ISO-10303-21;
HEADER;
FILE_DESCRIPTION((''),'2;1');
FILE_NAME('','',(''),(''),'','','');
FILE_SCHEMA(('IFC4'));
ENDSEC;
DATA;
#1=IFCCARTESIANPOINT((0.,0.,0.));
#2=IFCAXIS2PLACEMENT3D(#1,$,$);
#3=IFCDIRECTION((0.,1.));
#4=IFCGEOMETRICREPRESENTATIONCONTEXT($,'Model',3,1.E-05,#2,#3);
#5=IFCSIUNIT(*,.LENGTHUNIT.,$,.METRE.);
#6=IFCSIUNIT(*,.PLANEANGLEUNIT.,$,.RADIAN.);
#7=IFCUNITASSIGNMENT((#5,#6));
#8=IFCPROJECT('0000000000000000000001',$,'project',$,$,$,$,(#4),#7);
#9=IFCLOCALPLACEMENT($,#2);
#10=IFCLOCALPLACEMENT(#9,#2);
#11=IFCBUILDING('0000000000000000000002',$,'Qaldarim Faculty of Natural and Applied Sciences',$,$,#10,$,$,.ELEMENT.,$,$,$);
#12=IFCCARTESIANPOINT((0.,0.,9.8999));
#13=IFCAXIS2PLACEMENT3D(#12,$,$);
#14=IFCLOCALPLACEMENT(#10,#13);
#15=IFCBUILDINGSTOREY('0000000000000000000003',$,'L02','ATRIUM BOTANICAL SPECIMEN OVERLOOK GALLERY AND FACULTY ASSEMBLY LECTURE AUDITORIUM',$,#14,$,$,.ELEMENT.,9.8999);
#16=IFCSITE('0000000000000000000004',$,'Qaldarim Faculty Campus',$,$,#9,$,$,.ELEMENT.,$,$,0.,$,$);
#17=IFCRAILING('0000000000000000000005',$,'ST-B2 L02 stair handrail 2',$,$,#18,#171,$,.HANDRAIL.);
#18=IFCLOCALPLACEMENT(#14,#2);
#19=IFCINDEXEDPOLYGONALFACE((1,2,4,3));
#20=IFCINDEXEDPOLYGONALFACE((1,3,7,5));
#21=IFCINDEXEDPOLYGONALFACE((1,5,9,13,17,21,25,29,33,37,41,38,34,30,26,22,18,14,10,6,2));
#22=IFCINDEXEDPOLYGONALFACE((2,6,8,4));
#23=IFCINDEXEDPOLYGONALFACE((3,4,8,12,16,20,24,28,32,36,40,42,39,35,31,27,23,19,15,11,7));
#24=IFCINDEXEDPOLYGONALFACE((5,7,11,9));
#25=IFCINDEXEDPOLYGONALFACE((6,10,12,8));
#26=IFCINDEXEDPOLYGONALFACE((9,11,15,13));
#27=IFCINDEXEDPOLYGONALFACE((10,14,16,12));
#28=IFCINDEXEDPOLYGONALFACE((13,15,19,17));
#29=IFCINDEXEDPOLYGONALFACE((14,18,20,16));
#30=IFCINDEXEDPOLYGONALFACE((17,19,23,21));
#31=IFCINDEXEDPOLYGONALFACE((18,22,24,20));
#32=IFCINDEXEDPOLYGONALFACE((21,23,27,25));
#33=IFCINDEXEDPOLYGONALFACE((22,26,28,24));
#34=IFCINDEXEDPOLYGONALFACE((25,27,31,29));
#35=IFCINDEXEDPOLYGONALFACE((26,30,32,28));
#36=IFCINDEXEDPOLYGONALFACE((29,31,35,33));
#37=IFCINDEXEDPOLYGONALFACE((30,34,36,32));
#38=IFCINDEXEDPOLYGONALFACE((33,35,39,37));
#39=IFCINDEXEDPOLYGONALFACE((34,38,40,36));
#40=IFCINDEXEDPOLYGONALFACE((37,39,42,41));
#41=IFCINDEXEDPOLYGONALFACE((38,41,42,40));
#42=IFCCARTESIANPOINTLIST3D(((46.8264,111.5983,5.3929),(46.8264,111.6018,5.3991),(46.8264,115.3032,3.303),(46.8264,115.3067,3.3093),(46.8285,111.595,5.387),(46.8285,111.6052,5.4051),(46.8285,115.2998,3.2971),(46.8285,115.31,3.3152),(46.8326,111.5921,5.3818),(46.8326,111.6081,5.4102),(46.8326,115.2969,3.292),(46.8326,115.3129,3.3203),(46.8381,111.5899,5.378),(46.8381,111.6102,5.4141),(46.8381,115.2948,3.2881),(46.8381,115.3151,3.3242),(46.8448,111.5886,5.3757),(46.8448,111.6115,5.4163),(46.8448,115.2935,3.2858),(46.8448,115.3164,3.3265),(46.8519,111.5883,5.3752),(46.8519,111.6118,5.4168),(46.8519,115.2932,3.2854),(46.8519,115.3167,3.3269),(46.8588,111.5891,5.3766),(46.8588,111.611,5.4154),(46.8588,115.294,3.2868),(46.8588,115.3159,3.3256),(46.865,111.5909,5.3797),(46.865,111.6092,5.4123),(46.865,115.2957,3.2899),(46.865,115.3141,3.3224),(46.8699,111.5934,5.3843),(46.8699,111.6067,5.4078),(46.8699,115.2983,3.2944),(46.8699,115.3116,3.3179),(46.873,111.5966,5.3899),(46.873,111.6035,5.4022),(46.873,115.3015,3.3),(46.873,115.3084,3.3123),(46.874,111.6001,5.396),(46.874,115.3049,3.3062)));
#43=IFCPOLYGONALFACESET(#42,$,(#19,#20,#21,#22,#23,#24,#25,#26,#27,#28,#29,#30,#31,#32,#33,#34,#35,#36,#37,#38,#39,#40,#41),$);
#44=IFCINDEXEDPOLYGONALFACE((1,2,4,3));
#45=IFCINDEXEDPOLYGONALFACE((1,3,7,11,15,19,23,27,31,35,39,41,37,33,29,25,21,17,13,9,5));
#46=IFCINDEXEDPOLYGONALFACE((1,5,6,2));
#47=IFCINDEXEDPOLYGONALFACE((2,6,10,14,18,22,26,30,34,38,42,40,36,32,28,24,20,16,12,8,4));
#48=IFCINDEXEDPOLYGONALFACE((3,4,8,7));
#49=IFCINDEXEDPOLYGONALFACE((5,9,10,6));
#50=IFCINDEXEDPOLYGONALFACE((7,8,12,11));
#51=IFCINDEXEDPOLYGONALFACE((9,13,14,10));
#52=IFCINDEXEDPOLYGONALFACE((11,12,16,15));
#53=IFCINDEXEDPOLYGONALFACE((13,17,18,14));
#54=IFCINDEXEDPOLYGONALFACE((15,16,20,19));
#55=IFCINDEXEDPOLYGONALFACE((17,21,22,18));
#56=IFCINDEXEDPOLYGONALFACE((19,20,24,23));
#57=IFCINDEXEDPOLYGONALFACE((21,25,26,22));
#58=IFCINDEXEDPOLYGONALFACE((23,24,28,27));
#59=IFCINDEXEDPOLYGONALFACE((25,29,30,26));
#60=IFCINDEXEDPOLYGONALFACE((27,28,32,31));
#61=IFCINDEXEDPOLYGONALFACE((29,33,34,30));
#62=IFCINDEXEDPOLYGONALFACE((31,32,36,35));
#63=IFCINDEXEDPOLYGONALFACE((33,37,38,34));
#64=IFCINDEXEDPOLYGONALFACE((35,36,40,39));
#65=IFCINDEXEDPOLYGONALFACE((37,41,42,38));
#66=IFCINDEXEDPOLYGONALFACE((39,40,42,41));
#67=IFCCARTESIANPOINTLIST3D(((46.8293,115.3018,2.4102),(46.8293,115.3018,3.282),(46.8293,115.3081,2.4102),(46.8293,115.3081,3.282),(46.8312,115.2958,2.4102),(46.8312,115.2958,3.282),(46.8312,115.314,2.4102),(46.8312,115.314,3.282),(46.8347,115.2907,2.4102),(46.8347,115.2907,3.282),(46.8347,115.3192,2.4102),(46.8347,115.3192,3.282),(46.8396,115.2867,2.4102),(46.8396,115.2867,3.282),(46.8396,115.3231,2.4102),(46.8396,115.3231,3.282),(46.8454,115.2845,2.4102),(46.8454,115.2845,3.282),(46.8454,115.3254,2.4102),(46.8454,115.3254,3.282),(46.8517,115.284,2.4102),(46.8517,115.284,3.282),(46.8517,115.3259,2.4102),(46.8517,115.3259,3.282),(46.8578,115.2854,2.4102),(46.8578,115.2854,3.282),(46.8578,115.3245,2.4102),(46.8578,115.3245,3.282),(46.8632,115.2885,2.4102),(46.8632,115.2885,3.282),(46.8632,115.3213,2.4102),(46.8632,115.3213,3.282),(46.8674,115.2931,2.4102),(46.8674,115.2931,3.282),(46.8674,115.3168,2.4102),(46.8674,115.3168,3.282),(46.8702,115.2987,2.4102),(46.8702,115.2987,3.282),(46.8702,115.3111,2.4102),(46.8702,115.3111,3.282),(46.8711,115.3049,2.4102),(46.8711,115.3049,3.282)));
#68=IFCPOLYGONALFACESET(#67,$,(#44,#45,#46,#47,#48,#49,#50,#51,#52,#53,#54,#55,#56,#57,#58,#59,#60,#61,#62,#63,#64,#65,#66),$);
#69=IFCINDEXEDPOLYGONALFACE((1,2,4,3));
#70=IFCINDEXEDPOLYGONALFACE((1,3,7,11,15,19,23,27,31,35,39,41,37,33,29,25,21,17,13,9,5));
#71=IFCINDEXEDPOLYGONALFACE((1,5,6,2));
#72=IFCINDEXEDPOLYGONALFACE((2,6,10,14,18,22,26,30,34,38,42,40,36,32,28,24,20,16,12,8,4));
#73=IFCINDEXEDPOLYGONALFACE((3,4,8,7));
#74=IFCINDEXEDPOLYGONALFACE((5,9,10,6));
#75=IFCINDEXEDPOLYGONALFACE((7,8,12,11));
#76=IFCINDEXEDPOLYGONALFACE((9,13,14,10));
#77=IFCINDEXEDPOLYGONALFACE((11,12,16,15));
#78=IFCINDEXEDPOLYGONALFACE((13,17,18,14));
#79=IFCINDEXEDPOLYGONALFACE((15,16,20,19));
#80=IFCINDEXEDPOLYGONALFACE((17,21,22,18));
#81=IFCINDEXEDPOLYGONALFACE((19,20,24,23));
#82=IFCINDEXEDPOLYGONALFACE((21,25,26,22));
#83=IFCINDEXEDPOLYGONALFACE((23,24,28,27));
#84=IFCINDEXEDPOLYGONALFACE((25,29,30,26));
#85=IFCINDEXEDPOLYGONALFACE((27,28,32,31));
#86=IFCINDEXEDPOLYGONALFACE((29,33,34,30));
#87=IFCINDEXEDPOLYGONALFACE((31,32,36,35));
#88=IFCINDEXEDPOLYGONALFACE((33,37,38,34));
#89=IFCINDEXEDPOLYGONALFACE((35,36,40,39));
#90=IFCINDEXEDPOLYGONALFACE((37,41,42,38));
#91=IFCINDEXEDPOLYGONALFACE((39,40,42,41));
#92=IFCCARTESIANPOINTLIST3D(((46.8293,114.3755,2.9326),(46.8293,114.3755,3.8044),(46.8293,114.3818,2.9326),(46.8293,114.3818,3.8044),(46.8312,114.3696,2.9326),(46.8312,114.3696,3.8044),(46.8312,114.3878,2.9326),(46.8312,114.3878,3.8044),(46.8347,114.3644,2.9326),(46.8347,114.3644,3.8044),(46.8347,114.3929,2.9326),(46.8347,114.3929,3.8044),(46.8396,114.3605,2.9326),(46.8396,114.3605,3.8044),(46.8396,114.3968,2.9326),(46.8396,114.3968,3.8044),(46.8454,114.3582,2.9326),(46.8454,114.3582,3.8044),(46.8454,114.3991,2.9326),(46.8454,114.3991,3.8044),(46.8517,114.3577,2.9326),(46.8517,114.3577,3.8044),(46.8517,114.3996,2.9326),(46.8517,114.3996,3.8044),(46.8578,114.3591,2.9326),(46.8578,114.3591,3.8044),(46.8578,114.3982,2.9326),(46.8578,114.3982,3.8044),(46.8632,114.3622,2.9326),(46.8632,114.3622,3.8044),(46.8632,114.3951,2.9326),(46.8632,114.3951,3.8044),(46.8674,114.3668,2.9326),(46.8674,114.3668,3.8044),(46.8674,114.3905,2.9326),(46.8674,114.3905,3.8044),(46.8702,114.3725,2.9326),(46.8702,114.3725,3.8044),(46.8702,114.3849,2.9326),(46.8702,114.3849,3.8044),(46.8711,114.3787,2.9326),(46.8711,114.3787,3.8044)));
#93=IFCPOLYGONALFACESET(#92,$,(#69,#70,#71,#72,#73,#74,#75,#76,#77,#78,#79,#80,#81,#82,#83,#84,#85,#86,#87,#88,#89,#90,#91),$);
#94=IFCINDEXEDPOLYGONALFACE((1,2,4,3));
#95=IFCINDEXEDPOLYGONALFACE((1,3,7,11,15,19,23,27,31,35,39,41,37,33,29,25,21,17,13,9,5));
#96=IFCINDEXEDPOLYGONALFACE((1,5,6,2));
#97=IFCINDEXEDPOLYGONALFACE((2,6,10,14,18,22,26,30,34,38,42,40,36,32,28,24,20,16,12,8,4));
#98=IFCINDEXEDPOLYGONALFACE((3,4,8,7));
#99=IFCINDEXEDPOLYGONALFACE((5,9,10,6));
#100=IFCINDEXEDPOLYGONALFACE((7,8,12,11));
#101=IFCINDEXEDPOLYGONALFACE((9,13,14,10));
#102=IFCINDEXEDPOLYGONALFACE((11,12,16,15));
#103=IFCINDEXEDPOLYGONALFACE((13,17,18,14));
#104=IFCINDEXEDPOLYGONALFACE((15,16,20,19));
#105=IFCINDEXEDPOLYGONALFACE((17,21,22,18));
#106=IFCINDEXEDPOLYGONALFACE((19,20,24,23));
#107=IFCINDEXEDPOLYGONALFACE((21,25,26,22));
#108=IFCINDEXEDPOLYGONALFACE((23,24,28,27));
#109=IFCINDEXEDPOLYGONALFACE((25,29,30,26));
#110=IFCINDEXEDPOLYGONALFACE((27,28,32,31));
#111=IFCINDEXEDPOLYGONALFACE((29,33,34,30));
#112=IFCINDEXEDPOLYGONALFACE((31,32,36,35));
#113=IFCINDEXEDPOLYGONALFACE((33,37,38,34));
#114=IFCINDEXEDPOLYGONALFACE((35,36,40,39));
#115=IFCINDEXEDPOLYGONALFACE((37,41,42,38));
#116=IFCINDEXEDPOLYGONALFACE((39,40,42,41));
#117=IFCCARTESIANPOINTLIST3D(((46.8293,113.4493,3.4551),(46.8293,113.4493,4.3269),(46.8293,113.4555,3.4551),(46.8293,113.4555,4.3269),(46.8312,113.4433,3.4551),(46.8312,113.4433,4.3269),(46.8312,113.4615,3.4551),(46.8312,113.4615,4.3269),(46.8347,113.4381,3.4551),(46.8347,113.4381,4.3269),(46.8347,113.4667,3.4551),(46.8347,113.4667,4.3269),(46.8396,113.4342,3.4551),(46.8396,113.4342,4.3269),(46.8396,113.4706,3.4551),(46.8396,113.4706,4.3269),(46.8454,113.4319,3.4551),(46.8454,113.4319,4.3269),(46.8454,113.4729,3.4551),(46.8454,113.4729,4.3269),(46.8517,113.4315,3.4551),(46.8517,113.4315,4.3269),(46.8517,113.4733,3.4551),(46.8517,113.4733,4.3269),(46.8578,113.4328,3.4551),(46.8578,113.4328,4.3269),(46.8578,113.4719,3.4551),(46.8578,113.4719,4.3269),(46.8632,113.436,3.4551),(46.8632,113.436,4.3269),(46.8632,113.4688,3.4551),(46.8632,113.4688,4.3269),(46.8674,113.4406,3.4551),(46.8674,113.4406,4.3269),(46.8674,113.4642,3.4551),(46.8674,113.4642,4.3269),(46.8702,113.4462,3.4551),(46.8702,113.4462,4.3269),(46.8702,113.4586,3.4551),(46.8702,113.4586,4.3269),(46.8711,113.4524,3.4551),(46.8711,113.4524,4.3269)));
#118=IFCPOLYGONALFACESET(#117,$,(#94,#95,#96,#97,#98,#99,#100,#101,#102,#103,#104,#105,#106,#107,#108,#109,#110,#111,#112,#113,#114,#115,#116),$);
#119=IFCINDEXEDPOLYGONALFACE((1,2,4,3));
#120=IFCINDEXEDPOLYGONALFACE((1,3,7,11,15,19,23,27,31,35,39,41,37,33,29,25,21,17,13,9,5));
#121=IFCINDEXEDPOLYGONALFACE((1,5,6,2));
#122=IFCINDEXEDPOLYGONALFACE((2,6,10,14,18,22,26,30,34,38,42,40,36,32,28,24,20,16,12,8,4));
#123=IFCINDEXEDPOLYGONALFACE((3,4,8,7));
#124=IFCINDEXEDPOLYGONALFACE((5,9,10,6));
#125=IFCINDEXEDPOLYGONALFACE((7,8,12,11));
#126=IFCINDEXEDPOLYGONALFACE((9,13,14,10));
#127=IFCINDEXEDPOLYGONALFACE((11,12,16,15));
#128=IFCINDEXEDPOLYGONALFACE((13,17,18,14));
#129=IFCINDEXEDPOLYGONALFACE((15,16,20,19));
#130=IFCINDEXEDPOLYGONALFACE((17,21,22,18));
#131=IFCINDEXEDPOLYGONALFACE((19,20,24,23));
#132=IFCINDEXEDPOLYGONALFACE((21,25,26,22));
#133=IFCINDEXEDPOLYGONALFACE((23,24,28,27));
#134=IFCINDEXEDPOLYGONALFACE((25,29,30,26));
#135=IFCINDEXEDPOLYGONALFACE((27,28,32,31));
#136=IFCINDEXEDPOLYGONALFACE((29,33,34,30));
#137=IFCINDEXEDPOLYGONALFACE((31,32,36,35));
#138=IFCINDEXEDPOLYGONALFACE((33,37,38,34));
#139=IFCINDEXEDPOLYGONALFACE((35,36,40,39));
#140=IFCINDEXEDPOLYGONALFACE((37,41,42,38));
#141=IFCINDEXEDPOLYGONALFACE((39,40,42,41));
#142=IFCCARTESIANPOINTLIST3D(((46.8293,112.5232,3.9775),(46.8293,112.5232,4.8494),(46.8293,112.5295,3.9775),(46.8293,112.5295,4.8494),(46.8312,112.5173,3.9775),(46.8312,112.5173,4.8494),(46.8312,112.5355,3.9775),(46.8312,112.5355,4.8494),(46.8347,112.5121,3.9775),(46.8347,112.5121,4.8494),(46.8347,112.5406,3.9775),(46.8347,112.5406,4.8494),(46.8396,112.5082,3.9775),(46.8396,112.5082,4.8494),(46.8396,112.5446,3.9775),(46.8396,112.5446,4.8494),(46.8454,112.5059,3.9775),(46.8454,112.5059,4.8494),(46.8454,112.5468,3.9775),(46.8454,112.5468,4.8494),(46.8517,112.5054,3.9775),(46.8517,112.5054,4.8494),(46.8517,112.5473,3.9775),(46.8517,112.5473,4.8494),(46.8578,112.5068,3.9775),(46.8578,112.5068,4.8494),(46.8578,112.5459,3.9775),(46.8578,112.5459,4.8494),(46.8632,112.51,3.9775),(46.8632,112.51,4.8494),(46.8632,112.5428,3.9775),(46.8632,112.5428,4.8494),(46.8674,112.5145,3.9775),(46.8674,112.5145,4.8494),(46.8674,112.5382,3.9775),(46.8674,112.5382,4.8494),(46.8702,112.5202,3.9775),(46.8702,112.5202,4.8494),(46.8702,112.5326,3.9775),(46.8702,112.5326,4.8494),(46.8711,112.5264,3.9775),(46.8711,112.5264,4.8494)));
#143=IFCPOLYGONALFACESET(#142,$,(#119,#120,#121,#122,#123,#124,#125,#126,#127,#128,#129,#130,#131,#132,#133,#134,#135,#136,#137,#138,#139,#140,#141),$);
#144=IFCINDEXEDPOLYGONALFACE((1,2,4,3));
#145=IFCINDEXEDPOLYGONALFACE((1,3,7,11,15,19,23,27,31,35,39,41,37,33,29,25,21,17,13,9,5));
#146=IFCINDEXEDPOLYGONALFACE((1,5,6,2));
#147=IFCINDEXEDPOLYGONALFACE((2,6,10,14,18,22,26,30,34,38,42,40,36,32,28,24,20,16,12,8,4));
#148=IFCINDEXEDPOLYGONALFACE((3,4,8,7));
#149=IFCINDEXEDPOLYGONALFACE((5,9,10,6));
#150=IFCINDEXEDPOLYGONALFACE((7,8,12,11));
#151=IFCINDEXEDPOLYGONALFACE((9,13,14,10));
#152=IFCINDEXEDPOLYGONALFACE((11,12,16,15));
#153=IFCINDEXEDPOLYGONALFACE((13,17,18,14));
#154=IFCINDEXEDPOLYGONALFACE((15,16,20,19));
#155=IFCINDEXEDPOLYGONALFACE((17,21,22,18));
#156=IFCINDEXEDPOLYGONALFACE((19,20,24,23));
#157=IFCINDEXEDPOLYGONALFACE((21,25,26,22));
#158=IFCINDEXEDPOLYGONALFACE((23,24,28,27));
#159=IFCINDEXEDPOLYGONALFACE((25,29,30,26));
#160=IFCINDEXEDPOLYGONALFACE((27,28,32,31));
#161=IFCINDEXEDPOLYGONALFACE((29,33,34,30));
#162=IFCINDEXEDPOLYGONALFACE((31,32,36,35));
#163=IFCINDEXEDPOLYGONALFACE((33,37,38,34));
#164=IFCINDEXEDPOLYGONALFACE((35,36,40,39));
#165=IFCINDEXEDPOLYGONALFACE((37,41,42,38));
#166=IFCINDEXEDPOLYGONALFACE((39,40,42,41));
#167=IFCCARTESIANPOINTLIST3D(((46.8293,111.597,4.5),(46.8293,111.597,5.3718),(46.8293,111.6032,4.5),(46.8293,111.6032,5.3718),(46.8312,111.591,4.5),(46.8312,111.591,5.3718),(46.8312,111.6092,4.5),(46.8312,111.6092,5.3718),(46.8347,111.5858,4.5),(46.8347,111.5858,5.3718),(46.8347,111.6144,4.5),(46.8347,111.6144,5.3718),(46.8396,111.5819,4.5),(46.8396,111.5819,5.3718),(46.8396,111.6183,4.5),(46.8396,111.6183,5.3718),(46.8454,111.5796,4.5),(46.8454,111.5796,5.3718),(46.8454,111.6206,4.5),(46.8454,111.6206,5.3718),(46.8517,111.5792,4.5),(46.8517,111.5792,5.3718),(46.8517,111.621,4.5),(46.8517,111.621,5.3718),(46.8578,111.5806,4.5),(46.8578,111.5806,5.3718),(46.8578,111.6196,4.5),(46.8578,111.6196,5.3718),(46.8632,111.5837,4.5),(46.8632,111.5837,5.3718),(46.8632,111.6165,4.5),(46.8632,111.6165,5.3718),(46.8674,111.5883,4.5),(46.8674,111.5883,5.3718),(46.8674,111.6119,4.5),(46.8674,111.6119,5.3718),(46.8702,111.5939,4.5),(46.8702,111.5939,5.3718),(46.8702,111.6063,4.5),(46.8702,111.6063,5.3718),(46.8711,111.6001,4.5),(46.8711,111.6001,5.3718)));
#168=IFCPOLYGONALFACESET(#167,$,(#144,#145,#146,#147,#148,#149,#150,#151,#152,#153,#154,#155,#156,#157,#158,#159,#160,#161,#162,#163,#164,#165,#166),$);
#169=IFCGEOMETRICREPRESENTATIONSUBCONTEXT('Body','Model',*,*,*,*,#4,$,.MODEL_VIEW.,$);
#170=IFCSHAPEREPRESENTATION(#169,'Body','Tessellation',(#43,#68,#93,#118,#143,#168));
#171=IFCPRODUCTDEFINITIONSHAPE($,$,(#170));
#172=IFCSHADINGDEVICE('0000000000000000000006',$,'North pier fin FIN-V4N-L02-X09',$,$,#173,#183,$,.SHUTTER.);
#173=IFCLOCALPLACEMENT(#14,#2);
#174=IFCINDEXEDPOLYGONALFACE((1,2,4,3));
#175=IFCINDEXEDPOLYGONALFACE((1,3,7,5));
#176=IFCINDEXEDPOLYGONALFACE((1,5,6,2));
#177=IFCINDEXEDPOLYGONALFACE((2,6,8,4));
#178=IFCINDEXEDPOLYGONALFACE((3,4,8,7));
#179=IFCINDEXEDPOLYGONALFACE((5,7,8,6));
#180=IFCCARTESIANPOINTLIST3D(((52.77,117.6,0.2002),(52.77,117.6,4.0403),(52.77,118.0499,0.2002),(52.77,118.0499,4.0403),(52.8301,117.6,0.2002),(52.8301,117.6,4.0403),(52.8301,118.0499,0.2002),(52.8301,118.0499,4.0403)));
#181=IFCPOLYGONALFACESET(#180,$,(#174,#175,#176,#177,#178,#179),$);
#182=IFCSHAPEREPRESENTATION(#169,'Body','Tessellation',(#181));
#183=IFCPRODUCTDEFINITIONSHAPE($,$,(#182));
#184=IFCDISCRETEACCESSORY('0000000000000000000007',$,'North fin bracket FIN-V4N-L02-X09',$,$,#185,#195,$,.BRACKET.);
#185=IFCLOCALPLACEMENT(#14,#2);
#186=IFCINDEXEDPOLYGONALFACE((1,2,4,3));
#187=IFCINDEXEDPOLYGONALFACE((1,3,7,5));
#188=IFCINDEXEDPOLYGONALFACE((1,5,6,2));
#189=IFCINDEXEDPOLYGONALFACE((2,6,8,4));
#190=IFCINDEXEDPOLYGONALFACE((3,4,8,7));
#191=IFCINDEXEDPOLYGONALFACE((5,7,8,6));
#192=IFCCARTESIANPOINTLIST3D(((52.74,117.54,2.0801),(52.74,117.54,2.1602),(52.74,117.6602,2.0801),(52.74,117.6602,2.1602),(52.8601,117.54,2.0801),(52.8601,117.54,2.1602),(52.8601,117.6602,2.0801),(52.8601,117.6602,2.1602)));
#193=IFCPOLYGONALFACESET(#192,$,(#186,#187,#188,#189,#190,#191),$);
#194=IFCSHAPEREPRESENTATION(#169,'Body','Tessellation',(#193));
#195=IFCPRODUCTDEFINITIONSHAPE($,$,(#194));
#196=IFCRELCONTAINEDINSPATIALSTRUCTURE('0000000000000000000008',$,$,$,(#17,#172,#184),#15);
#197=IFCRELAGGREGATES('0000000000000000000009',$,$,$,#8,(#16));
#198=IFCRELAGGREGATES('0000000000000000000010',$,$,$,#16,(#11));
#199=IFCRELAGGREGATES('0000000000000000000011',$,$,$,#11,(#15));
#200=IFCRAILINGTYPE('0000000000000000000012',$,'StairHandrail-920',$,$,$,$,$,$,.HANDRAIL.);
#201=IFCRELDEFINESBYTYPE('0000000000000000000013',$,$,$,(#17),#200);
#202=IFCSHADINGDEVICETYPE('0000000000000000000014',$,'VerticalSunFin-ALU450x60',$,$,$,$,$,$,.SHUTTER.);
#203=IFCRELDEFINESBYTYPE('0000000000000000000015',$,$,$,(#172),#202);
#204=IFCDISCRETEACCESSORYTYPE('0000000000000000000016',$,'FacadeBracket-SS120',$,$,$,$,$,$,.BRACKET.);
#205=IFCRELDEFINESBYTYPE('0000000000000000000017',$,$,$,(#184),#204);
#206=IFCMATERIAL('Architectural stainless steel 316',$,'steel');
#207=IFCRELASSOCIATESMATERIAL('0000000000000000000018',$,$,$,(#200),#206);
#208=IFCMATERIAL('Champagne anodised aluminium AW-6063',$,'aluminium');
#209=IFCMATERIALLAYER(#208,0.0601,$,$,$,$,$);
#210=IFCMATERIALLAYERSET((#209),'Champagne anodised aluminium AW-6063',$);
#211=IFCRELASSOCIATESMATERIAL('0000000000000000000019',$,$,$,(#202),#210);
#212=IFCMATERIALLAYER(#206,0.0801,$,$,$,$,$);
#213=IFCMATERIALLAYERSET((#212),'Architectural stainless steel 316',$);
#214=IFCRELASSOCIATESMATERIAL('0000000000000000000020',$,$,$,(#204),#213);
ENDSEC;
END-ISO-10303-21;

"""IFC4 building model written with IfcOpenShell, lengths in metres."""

from ifc_helpers import new_model, si_unit, direction, frame, origin, origin_2d, place, context, subcontext, project, spatial, rectangle, circle, extrude, material, layer, layer_set, type_object, element, save


model = new_model("IFC4")

# Units and contexts
model_context = context("Model", 3, precision=1e-05, world=origin(), true_north=direction((0.0, 1.0)))
body_context = subcontext(model_context, "Body", "Model", "MODEL_VIEW")
ifc_project = project(units=[si_unit("LENGTHUNIT", "METRE"), si_unit("PLANEANGLEUNIT", "RADIAN")], contexts=[model_context])

# Site, building, storey
site_placement = place(None, origin())
site = spatial("IfcSite", under=ifc_project, at=site_placement, Name="Qaldarim Faculty Campus", CompositionType="ELEMENT", RefElevation=0.0)
building_placement = place(site_placement, origin())
building = spatial("IfcBuilding", under=site, at=building_placement, Name="Qaldarim Faculty of Natural and Applied Sciences", CompositionType="ELEMENT")
storey_placement = place(building_placement, frame((0.0, 0.0, 9.8999)))
storey = spatial("IfcBuildingStorey", under=building, at=storey_placement, Name="L02", Description="ATRIUM BOTANICAL SPECIMEN OVERLOOK GALLERY AND FACULTY ASSEMBLY LECTURE AUDITORIUM", CompositionType="ELEMENT", Elevation=9.8999)

# Shared definitions
ifc_material_1 = material(Name="Architectural stainless steel 316", Category="steel")

# Railing
railing_type_1 = type_object("IfcRailingType", Name="StairHandrail-920", PredefinedType="HANDRAIL", material=ifc_material_1)
railing_1_placement = place(storey_placement, frame((46.8501, 115.3049, 2.4102)))
element("IfcRailing", 1, at=railing_1_placement, inside=storey, type_object=railing_type_1, Name="ST-B2 L02 stair handrail 2", PredefinedType="HANDRAIL", context=body_context, shape_type="SweptSolid", body=[
    extrude(circle(Radius=0.0239, at=origin_2d()), frame((0.0, 0.0, 0.896), z_axis=(0.0, -0.870985, 0.49131), x_axis=(1.0, 0.0, 0.0)), (0.0, 0.0, 1.0), 4.2537),
    extrude(circle(Radius=0.021, at=origin_2d()), origin(), (0.0, 0.0, 1.0), 0.8718),
    extrude(circle(Radius=0.021, at=origin_2d()), frame((0.0, -0.9263, 0.5225)), (0.0, 0.0, 1.0), 0.8718),
    extrude(circle(Radius=0.021, at=origin_2d()), frame((0.0, -1.8525, 1.0449)), (0.0, 0.0, 1.0), 0.8718),
    extrude(circle(Radius=0.021, at=origin_2d()), frame((0.0, -2.7786, 1.5674)), (0.0, 0.0, 1.0), 0.8718),
    extrude(circle(Radius=0.021, at=origin_2d()), frame((0.0, -3.7048, 2.0898)), (0.0, 0.0, 1.0), 0.8718),
])

# Shading device
ifc_material_2 = material(Name="Champagne anodised aluminium AW-6063", Category="aluminium")
ifc_layer_1 = layer(ifc_material_2, 0.0601)
ifc_layer_set_1 = layer_set([ifc_layer_1], Name="Champagne anodised aluminium AW-6063")
shading_device_type = type_object("IfcShadingDeviceType", Name="VerticalSunFin-ALU450x60", PredefinedType="SHUTTER", material=ifc_layer_set_1)
shading_device_placement = place(storey_placement, frame((52.8, 117.825, 0.2002), z_axis=(0.0, 0.0, 1.0), x_axis=(1.0, 0.0, 0.0)))
element("IfcShadingDevice", 2, at=shading_device_placement, inside=storey, type_object=shading_device_type, Name="North pier fin FIN-V4N-L02-X09", PredefinedType="SHUTTER", context=body_context, shape_type="SweptSolid", body=[
    extrude(rectangle(XDim=0.0601, YDim=0.45, at=origin_2d()), origin(), (0.0, 0.0, 1.0), 3.8401),
])

# Discrete accessory
ifc_layer_2 = layer(ifc_material_1, 0.0801)
ifc_layer_set_2 = layer_set([ifc_layer_2], Name="Architectural stainless steel 316")
discrete_accessory_type = type_object("IfcDiscreteAccessoryType", Name="FacadeBracket-SS120", PredefinedType="BRACKET", material=ifc_layer_set_2)
discrete_accessory_placement = place(storey_placement, frame((52.8, 117.6001, 2.0801), z_axis=(0.0, 0.0, 1.0), x_axis=(1.0, 0.0, 0.0)))
element("IfcDiscreteAccessory", 3, at=discrete_accessory_placement, inside=storey, type_object=discrete_accessory_type, Name="North fin bracket FIN-V4N-L02-X09", PredefinedType="BRACKET", context=body_context, shape_type="SweptSolid", body=[
    extrude(rectangle(XDim=0.1201, YDim=0.1201, at=origin_2d()), origin(), (0.0, 0.0, 1.0), 0.0801),
])

save(model, "model.ifc")
